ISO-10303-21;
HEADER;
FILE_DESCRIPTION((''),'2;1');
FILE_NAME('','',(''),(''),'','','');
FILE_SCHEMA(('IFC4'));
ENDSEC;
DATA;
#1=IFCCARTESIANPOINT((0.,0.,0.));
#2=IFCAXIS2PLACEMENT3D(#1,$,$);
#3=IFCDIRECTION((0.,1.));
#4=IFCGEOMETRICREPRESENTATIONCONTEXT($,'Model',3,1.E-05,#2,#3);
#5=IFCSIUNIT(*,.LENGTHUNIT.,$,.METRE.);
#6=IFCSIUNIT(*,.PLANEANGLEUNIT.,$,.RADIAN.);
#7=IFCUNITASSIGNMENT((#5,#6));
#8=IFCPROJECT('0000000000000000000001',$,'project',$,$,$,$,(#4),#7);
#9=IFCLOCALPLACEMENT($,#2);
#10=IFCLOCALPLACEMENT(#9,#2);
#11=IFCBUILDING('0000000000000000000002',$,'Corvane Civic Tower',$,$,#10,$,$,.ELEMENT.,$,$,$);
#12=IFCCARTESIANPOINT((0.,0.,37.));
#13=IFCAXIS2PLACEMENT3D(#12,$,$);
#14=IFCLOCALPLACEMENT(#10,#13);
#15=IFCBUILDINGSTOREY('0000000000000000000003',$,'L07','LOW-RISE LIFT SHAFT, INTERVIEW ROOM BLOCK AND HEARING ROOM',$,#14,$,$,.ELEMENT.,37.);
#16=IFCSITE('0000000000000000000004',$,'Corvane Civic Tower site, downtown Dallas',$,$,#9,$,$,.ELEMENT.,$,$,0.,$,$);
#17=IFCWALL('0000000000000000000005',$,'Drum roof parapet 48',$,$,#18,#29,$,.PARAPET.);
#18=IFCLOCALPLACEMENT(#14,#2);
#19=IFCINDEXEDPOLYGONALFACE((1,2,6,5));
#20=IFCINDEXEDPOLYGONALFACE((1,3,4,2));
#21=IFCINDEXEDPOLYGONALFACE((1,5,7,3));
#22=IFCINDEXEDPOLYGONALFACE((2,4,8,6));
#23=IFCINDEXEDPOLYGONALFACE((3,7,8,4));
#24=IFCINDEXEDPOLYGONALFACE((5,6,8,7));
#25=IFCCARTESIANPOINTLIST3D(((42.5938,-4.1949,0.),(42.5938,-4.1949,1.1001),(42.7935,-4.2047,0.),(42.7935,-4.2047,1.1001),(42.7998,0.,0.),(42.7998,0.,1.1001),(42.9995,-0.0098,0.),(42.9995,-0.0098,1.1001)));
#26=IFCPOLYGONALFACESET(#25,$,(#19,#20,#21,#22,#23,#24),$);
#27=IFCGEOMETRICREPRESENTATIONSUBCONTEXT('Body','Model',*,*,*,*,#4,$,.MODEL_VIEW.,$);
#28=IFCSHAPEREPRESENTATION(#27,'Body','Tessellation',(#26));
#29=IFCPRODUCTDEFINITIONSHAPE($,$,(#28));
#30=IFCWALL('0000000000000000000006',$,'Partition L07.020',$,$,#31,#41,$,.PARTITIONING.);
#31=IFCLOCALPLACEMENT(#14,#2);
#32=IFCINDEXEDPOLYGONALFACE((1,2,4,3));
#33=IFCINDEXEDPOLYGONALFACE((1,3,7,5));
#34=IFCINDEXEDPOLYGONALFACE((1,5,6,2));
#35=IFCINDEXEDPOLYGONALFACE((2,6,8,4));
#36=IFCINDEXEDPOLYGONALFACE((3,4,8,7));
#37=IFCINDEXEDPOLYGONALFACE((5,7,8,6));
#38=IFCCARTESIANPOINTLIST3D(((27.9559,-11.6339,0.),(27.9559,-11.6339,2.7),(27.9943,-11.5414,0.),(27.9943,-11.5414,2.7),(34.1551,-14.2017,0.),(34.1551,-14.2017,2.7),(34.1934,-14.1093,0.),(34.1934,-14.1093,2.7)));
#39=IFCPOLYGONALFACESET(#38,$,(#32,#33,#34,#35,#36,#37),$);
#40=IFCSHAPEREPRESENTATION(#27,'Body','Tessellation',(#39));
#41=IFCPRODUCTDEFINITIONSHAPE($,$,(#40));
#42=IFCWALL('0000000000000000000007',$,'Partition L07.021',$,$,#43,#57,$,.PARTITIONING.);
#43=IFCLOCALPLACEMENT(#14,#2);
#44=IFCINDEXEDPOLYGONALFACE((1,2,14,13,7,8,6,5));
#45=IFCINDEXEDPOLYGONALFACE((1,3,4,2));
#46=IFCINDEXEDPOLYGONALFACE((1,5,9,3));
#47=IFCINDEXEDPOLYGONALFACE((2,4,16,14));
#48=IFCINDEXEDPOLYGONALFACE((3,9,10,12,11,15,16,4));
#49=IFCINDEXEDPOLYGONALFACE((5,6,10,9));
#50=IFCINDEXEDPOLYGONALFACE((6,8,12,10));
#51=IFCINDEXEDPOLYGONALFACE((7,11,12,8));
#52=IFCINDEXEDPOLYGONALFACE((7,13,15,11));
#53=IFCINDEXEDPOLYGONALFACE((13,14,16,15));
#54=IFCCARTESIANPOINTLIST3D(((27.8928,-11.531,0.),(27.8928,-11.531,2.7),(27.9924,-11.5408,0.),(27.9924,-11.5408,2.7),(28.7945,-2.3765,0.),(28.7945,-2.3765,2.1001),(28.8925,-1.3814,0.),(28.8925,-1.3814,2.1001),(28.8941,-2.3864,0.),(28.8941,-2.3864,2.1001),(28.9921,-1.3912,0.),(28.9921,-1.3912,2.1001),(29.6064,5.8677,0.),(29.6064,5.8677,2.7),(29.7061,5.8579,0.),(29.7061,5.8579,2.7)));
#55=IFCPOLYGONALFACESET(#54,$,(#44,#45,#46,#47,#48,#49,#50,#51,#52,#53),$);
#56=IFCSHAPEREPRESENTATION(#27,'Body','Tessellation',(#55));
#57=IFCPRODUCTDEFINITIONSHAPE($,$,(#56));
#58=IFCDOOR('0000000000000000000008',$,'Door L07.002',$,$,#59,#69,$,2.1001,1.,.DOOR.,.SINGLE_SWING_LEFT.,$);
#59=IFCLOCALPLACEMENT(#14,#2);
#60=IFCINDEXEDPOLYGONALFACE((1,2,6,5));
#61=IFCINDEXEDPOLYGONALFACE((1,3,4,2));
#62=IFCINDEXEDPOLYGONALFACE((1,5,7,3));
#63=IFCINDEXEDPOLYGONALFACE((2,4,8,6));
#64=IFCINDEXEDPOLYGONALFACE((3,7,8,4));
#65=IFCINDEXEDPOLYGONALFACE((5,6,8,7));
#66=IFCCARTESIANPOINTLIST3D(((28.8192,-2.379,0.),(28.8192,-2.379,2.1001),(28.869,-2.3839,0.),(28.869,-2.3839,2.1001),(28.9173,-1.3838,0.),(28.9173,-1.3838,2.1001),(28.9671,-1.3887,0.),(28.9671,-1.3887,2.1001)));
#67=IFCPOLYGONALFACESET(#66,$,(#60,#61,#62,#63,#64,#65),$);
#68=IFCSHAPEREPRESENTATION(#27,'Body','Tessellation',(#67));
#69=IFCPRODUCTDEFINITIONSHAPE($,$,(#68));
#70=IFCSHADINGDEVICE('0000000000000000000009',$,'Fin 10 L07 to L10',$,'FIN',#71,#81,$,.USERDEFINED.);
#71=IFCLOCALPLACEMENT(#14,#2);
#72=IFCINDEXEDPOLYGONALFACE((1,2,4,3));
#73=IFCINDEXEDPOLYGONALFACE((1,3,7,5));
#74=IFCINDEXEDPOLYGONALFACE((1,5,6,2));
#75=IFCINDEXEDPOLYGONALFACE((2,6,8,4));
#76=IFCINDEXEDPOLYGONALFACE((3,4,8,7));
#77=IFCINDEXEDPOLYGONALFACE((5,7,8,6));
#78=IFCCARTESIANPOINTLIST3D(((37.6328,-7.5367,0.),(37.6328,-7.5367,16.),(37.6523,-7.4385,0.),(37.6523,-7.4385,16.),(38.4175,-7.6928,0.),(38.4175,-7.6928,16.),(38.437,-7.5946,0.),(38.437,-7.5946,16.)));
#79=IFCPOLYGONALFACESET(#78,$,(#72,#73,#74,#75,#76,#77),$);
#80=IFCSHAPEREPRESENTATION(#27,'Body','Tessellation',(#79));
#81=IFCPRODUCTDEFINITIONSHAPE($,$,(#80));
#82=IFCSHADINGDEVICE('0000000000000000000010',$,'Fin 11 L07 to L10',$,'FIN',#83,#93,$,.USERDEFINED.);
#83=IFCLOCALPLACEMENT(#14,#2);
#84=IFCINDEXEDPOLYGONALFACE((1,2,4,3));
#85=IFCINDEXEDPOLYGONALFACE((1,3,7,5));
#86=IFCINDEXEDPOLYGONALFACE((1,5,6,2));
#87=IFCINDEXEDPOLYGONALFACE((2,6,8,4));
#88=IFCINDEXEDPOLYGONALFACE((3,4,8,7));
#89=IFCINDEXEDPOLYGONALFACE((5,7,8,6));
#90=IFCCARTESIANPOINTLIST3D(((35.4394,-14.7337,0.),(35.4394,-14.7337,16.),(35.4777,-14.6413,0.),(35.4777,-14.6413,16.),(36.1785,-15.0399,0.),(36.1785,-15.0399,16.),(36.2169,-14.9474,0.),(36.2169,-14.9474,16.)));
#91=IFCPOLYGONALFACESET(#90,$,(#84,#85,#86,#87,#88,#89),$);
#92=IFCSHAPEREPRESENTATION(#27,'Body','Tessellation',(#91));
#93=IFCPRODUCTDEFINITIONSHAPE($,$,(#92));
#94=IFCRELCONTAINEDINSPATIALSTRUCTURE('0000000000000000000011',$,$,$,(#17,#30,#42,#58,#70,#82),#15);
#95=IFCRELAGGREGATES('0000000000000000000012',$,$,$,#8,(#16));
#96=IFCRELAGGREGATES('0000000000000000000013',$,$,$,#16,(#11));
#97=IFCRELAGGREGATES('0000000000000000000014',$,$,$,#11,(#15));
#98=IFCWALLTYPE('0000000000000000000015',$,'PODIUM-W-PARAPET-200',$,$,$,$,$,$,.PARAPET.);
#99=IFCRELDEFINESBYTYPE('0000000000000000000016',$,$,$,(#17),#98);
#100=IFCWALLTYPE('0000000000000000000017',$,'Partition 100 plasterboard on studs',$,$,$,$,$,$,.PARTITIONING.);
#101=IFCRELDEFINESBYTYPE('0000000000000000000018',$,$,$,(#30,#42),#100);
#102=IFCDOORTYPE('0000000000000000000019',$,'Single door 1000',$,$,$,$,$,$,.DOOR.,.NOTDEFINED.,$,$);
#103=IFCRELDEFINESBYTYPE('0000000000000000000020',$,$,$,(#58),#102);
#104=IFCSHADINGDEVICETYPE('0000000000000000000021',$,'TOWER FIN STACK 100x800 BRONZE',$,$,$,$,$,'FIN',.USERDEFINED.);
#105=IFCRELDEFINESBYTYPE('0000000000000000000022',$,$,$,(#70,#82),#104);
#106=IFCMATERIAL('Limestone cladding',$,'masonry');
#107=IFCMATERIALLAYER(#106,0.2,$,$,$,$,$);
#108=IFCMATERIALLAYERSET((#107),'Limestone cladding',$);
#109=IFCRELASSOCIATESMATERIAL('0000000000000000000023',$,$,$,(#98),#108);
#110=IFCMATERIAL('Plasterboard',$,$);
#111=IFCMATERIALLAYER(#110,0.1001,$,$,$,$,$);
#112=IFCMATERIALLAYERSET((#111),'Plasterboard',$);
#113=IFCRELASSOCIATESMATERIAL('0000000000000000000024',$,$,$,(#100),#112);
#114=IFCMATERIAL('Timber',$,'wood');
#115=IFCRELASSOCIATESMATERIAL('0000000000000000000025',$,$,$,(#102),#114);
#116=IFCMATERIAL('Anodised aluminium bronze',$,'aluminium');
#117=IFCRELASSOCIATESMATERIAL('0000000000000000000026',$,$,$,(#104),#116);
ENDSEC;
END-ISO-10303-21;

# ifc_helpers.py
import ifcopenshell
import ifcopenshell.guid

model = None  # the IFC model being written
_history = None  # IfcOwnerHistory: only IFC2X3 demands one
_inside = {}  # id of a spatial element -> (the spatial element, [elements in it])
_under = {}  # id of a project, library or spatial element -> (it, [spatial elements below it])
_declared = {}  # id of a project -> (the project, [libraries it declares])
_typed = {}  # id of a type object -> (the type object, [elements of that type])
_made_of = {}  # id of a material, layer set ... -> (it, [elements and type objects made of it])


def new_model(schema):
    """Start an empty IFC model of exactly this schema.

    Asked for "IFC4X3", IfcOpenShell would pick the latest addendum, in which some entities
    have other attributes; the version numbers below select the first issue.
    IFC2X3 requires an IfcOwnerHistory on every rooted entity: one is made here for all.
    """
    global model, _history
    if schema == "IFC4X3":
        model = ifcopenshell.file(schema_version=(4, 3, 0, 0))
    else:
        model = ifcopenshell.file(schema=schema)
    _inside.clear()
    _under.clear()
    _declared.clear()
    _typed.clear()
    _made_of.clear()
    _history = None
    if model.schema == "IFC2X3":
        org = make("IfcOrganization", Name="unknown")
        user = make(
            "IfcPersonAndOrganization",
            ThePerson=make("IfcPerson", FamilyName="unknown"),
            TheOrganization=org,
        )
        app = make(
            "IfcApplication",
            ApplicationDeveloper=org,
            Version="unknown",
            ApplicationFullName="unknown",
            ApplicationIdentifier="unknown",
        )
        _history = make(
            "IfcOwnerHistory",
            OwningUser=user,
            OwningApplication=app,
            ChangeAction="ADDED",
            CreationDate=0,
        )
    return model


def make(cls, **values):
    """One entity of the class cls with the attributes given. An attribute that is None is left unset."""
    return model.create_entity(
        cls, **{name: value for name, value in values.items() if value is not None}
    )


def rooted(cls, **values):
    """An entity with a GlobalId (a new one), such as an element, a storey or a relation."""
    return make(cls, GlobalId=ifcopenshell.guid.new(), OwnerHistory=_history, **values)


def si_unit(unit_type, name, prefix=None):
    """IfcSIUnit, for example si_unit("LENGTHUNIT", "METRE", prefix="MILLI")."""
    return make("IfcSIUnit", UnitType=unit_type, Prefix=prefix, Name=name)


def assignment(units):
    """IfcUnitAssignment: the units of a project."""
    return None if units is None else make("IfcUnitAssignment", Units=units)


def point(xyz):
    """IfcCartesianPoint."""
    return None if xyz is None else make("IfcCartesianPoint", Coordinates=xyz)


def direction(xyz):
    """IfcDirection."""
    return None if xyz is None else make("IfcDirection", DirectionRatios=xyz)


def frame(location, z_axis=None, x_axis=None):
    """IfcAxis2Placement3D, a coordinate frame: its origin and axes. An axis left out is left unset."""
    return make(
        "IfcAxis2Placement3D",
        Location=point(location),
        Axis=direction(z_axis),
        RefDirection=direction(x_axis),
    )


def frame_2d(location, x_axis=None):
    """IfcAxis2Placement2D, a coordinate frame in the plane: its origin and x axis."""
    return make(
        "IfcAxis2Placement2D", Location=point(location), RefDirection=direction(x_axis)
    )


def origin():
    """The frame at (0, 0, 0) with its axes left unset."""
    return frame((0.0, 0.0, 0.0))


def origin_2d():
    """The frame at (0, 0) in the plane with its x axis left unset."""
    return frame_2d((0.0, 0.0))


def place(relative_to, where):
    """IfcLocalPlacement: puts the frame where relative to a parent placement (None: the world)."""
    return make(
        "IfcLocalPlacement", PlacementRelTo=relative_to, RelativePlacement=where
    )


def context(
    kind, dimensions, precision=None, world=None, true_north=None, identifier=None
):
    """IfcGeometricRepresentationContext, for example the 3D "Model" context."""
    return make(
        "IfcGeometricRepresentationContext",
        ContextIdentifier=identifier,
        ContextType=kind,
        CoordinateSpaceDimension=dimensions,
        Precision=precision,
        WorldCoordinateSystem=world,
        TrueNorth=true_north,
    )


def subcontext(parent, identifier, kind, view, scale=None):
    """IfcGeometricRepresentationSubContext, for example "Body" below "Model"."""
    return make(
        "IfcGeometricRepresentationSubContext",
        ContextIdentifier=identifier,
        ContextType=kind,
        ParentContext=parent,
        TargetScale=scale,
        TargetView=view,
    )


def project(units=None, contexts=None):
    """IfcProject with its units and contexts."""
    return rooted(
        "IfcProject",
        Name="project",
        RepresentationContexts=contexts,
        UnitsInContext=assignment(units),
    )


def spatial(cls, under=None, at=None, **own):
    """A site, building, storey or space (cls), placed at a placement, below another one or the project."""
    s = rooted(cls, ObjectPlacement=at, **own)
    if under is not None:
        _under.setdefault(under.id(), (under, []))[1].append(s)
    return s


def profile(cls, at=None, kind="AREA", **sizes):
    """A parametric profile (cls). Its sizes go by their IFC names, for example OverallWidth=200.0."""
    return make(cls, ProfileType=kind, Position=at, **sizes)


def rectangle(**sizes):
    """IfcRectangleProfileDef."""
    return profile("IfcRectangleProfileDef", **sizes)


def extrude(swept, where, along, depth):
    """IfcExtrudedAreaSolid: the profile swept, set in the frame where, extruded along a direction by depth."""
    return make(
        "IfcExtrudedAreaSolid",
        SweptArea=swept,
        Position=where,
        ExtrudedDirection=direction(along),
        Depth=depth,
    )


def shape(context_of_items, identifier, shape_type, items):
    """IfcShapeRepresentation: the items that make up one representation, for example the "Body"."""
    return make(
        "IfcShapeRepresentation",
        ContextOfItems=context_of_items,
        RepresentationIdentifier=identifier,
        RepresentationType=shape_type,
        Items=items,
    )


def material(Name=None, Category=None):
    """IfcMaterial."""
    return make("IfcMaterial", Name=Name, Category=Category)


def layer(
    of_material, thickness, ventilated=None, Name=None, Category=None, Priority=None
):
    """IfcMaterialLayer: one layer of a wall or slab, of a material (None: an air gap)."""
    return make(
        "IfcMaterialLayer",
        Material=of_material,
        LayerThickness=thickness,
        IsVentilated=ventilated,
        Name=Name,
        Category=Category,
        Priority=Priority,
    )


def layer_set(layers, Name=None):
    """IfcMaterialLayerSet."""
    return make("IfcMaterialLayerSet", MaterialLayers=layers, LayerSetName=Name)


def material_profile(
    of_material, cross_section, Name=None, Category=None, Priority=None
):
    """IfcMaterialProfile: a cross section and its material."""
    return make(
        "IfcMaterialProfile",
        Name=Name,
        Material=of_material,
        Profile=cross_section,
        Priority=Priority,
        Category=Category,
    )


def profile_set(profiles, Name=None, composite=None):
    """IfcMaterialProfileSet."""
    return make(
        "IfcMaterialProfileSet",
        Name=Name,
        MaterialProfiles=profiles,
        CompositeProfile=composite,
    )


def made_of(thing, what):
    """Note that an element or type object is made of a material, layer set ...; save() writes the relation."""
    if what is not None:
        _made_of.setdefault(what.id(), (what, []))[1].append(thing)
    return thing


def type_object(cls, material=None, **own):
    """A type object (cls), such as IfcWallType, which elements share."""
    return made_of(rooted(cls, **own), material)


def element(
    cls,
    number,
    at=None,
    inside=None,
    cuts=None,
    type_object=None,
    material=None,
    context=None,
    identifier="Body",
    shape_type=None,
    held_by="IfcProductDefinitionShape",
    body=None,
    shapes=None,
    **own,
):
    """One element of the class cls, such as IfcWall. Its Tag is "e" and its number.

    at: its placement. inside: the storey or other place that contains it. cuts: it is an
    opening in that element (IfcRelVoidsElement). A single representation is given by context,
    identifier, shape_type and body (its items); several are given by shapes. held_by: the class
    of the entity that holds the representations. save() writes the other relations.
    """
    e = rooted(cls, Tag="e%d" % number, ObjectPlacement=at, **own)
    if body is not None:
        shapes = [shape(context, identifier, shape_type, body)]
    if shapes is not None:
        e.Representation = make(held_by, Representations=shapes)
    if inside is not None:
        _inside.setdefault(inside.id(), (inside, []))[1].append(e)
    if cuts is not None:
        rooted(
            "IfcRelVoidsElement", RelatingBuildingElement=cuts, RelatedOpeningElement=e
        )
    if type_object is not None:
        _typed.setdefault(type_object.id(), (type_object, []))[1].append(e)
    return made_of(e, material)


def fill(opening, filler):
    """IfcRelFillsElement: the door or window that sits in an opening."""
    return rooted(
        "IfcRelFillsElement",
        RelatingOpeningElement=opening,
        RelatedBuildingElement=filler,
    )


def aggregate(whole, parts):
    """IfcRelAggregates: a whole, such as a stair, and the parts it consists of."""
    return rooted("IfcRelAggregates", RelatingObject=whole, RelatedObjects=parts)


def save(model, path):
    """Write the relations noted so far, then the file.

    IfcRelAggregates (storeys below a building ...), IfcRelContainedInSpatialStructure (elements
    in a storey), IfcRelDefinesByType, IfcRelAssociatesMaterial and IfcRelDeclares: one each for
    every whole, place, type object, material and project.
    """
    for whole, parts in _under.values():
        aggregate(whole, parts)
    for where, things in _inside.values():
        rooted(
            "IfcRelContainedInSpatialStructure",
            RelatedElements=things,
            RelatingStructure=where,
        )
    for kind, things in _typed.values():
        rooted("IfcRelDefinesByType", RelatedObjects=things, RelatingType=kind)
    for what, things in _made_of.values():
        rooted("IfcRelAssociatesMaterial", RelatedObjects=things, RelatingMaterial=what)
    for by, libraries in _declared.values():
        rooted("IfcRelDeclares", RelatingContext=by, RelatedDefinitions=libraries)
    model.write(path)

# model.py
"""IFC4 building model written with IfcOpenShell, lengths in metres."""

from ifc_helpers import new_model, si_unit, direction, frame, frame_2d, origin, origin_2d, place, context, subcontext, project, spatial, rectangle, extrude, material, layer, layer_set, material_profile, profile_set, type_object, element, fill, save


model = new_model("IFC4")

# Units and contexts
model_context = context("Model", 3, precision=1e-05, world=origin(), true_north=direction((0.0, 1.0)))
body_context = subcontext(model_context, "Body", "Model", "MODEL_VIEW")
ifc_project = project(units=[si_unit("LENGTHUNIT", "METRE"), si_unit("PLANEANGLEUNIT", "RADIAN")], contexts=[model_context])

# Site, building, storey
site_placement = place(None, origin())
site = spatial("IfcSite", under=ifc_project, at=site_placement, Name="Corvane Civic Tower site, downtown Dallas", CompositionType="ELEMENT", RefElevation=0.0)
building_placement = place(site_placement, origin())
building = spatial("IfcBuilding", under=site, at=building_placement, Name="Corvane Civic Tower", CompositionType="ELEMENT")
storey_placement = place(building_placement, frame((0.0, 0.0, 37.0)))
storey = spatial("IfcBuildingStorey", under=building, at=storey_placement, Name="L07", Description="LOW-RISE LIFT SHAFT, INTERVIEW ROOM BLOCK AND HEARING ROOM", CompositionType="ELEMENT", Elevation=37.0)

# Walls
ifc_material_1 = material(Name="Limestone cladding", Category="masonry")
ifc_layer_1 = layer(ifc_material_1, 0.2)
ifc_layer_set_1 = layer_set([ifc_layer_1], Name="Limestone cladding")
wall_type_1 = type_object("IfcWallType", Name="PODIUM-W-PARAPET-200", PredefinedType="PARAPET", material=ifc_layer_set_1)
wall_1_placement = place(storey_placement, frame((42.6936, -4.2, 0.0), z_axis=(0.0, 0.0, 1.0), x_axis=(0.049062, 0.998796, 0.0)))
element("IfcWall", 1, at=wall_1_placement, inside=storey, type_object=wall_type_1, Name="Drum roof parapet 48", PredefinedType="PARAPET", context=body_context, shape_type="SweptSolid", body=[
    extrude(rectangle(XDim=4.2, YDim=0.2, at=frame_2d((2.1001, 0.0))), origin(), (0.0, 0.0, 1.0), 1.1001),
])
ifc_material_2 = material(Name="Plasterboard")
ifc_layer_2 = layer(ifc_material_2, 0.1001)
ifc_layer_set_2 = layer_set([ifc_layer_2], Name="Plasterboard")
wall_type_2 = type_object("IfcWallType", Name="Partition 100 plasterboard on studs", PredefinedType="PARTITIONING", material=ifc_layer_set_2)
wall_2_placement = place(storey_placement, frame((27.9751, -11.5876, 0.0), z_axis=(0.0, 0.0, 1.0), x_axis=(0.923876, -0.382692, 0.0)))
element("IfcWall", 2, at=wall_2_placement, inside=storey, type_object=wall_type_2, Name="Partition L07.020", PredefinedType="PARTITIONING", context=body_context, shape_type="SweptSolid", body=[
    extrude(rectangle(XDim=6.71, YDim=0.1001, at=frame_2d((3.355, 0.0))), origin(), (0.0, 0.0, 1.0), 2.7),
])

# Wall, opening, door
wall_3_placement = place(storey_placement, frame((27.9426, -11.5359, 0.0), z_axis=(0.0, 0.0, 1.0), x_axis=(0.098017, 0.995185, 0.0)))
wall_3 = element("IfcWall", 3, at=wall_3_placement, inside=storey, type_object=wall_type_2, Name="Partition L07.021", PredefinedType="PARTITIONING", context=body_context, shape_type="SweptSolid", body=[
    extrude(rectangle(XDim=17.4829, YDim=0.1001, at=frame_2d((8.7415, 0.0))), origin(), (0.0, 0.0, 1.0), 2.7),
])
opening_placement = place(wall_3_placement, frame((9.1987, 0.0, 0.0)))
opening = element("IfcOpeningElement", 4, at=opening_placement, cuts=wall_3, PredefinedType="OPENING", context=body_context, shape_type="SweptSolid", body=[
    extrude(rectangle(XDim=1.0, YDim=2.1001, at=frame_2d((0.5, 1.05))), frame((0.0, 0.0601, 0.0), z_axis=(0.0, -1.0, 0.0), x_axis=(1.0, 0.0, 0.0)), (0.0, 0.0, 1.0), 0.1201),
])
ifc_material_3 = material(Name="Timber", Category="wood")
door_type = type_object("IfcDoorType", Name="Single door 1000", OperationType="NOTDEFINED", PredefinedType="DOOR", material=ifc_material_3)
door_placement = place(opening_placement, frame((1.0, 0.0, 0.0), z_axis=(0.0, 0.0, 1.0), x_axis=(-1.0, 0.0, 0.0)))
door = element("IfcDoor", 5, at=door_placement, inside=storey, type_object=door_type, Name="Door L07.002", OperationType="SINGLE_SWING_LEFT", OverallHeight=2.1001, OverallWidth=1.0, PredefinedType="DOOR", context=body_context, shape_type="SweptSolid", body=[
    extrude(rectangle(XDim=1.0, YDim=2.1001, at=frame_2d((0.5, 1.05))), frame((0.0, 0.0249, 0.0), z_axis=(0.0, -1.0, 0.0), x_axis=(1.0, 0.0, 0.0)), (0.0, 0.0, 1.0), 0.05),
])
fill(opening, door)

# Shading devices
ifc_material_4 = material(Name="Anodised aluminium bronze", Category="aluminium")
ifc_material_profile_1 = material_profile(ifc_material_4, rectangle(XDim=0.1001, YDim=0.8, at=origin_2d()), Name="TOWER FIN STACK 100x800 BRONZE")
ifc_profile_set_1 = profile_set([ifc_material_profile_1], Name="Anodised aluminium bronze")
shading_device_type = type_object("IfcShadingDeviceType", Name="TOWER FIN STACK 100x800 BRONZE", ElementType="FIN", PredefinedType="USERDEFINED", material=ifc_profile_set_1)
for number, where, z_axis, x_axis, name in (
    (6, (38.0349, -7.5657, 0.0), (0.0, 0.0, 1.0), (-0.19509, -0.980785, 0.0), "Fin 10 L07 to L10"),
    (7, (35.8281, -14.8406, 0.0), (0.0, 0.0, 1.0), (-0.382683, -0.92388, 0.0), "Fin 11 L07 to L10"),
):
    element("IfcShadingDevice", number, at=place(storey_placement, frame(where, z_axis=z_axis, x_axis=x_axis)), inside=storey, type_object=shading_device_type, Name=name, ObjectType="FIN", PredefinedType="USERDEFINED", context=body_context, shape_type="SweptSolid", body=[
        extrude(rectangle(XDim=0.1001, YDim=0.8, at=origin_2d()), origin(), (0.0, 0.0, 1.0), 16.0),
    ])

save(model, "model.ifc")
